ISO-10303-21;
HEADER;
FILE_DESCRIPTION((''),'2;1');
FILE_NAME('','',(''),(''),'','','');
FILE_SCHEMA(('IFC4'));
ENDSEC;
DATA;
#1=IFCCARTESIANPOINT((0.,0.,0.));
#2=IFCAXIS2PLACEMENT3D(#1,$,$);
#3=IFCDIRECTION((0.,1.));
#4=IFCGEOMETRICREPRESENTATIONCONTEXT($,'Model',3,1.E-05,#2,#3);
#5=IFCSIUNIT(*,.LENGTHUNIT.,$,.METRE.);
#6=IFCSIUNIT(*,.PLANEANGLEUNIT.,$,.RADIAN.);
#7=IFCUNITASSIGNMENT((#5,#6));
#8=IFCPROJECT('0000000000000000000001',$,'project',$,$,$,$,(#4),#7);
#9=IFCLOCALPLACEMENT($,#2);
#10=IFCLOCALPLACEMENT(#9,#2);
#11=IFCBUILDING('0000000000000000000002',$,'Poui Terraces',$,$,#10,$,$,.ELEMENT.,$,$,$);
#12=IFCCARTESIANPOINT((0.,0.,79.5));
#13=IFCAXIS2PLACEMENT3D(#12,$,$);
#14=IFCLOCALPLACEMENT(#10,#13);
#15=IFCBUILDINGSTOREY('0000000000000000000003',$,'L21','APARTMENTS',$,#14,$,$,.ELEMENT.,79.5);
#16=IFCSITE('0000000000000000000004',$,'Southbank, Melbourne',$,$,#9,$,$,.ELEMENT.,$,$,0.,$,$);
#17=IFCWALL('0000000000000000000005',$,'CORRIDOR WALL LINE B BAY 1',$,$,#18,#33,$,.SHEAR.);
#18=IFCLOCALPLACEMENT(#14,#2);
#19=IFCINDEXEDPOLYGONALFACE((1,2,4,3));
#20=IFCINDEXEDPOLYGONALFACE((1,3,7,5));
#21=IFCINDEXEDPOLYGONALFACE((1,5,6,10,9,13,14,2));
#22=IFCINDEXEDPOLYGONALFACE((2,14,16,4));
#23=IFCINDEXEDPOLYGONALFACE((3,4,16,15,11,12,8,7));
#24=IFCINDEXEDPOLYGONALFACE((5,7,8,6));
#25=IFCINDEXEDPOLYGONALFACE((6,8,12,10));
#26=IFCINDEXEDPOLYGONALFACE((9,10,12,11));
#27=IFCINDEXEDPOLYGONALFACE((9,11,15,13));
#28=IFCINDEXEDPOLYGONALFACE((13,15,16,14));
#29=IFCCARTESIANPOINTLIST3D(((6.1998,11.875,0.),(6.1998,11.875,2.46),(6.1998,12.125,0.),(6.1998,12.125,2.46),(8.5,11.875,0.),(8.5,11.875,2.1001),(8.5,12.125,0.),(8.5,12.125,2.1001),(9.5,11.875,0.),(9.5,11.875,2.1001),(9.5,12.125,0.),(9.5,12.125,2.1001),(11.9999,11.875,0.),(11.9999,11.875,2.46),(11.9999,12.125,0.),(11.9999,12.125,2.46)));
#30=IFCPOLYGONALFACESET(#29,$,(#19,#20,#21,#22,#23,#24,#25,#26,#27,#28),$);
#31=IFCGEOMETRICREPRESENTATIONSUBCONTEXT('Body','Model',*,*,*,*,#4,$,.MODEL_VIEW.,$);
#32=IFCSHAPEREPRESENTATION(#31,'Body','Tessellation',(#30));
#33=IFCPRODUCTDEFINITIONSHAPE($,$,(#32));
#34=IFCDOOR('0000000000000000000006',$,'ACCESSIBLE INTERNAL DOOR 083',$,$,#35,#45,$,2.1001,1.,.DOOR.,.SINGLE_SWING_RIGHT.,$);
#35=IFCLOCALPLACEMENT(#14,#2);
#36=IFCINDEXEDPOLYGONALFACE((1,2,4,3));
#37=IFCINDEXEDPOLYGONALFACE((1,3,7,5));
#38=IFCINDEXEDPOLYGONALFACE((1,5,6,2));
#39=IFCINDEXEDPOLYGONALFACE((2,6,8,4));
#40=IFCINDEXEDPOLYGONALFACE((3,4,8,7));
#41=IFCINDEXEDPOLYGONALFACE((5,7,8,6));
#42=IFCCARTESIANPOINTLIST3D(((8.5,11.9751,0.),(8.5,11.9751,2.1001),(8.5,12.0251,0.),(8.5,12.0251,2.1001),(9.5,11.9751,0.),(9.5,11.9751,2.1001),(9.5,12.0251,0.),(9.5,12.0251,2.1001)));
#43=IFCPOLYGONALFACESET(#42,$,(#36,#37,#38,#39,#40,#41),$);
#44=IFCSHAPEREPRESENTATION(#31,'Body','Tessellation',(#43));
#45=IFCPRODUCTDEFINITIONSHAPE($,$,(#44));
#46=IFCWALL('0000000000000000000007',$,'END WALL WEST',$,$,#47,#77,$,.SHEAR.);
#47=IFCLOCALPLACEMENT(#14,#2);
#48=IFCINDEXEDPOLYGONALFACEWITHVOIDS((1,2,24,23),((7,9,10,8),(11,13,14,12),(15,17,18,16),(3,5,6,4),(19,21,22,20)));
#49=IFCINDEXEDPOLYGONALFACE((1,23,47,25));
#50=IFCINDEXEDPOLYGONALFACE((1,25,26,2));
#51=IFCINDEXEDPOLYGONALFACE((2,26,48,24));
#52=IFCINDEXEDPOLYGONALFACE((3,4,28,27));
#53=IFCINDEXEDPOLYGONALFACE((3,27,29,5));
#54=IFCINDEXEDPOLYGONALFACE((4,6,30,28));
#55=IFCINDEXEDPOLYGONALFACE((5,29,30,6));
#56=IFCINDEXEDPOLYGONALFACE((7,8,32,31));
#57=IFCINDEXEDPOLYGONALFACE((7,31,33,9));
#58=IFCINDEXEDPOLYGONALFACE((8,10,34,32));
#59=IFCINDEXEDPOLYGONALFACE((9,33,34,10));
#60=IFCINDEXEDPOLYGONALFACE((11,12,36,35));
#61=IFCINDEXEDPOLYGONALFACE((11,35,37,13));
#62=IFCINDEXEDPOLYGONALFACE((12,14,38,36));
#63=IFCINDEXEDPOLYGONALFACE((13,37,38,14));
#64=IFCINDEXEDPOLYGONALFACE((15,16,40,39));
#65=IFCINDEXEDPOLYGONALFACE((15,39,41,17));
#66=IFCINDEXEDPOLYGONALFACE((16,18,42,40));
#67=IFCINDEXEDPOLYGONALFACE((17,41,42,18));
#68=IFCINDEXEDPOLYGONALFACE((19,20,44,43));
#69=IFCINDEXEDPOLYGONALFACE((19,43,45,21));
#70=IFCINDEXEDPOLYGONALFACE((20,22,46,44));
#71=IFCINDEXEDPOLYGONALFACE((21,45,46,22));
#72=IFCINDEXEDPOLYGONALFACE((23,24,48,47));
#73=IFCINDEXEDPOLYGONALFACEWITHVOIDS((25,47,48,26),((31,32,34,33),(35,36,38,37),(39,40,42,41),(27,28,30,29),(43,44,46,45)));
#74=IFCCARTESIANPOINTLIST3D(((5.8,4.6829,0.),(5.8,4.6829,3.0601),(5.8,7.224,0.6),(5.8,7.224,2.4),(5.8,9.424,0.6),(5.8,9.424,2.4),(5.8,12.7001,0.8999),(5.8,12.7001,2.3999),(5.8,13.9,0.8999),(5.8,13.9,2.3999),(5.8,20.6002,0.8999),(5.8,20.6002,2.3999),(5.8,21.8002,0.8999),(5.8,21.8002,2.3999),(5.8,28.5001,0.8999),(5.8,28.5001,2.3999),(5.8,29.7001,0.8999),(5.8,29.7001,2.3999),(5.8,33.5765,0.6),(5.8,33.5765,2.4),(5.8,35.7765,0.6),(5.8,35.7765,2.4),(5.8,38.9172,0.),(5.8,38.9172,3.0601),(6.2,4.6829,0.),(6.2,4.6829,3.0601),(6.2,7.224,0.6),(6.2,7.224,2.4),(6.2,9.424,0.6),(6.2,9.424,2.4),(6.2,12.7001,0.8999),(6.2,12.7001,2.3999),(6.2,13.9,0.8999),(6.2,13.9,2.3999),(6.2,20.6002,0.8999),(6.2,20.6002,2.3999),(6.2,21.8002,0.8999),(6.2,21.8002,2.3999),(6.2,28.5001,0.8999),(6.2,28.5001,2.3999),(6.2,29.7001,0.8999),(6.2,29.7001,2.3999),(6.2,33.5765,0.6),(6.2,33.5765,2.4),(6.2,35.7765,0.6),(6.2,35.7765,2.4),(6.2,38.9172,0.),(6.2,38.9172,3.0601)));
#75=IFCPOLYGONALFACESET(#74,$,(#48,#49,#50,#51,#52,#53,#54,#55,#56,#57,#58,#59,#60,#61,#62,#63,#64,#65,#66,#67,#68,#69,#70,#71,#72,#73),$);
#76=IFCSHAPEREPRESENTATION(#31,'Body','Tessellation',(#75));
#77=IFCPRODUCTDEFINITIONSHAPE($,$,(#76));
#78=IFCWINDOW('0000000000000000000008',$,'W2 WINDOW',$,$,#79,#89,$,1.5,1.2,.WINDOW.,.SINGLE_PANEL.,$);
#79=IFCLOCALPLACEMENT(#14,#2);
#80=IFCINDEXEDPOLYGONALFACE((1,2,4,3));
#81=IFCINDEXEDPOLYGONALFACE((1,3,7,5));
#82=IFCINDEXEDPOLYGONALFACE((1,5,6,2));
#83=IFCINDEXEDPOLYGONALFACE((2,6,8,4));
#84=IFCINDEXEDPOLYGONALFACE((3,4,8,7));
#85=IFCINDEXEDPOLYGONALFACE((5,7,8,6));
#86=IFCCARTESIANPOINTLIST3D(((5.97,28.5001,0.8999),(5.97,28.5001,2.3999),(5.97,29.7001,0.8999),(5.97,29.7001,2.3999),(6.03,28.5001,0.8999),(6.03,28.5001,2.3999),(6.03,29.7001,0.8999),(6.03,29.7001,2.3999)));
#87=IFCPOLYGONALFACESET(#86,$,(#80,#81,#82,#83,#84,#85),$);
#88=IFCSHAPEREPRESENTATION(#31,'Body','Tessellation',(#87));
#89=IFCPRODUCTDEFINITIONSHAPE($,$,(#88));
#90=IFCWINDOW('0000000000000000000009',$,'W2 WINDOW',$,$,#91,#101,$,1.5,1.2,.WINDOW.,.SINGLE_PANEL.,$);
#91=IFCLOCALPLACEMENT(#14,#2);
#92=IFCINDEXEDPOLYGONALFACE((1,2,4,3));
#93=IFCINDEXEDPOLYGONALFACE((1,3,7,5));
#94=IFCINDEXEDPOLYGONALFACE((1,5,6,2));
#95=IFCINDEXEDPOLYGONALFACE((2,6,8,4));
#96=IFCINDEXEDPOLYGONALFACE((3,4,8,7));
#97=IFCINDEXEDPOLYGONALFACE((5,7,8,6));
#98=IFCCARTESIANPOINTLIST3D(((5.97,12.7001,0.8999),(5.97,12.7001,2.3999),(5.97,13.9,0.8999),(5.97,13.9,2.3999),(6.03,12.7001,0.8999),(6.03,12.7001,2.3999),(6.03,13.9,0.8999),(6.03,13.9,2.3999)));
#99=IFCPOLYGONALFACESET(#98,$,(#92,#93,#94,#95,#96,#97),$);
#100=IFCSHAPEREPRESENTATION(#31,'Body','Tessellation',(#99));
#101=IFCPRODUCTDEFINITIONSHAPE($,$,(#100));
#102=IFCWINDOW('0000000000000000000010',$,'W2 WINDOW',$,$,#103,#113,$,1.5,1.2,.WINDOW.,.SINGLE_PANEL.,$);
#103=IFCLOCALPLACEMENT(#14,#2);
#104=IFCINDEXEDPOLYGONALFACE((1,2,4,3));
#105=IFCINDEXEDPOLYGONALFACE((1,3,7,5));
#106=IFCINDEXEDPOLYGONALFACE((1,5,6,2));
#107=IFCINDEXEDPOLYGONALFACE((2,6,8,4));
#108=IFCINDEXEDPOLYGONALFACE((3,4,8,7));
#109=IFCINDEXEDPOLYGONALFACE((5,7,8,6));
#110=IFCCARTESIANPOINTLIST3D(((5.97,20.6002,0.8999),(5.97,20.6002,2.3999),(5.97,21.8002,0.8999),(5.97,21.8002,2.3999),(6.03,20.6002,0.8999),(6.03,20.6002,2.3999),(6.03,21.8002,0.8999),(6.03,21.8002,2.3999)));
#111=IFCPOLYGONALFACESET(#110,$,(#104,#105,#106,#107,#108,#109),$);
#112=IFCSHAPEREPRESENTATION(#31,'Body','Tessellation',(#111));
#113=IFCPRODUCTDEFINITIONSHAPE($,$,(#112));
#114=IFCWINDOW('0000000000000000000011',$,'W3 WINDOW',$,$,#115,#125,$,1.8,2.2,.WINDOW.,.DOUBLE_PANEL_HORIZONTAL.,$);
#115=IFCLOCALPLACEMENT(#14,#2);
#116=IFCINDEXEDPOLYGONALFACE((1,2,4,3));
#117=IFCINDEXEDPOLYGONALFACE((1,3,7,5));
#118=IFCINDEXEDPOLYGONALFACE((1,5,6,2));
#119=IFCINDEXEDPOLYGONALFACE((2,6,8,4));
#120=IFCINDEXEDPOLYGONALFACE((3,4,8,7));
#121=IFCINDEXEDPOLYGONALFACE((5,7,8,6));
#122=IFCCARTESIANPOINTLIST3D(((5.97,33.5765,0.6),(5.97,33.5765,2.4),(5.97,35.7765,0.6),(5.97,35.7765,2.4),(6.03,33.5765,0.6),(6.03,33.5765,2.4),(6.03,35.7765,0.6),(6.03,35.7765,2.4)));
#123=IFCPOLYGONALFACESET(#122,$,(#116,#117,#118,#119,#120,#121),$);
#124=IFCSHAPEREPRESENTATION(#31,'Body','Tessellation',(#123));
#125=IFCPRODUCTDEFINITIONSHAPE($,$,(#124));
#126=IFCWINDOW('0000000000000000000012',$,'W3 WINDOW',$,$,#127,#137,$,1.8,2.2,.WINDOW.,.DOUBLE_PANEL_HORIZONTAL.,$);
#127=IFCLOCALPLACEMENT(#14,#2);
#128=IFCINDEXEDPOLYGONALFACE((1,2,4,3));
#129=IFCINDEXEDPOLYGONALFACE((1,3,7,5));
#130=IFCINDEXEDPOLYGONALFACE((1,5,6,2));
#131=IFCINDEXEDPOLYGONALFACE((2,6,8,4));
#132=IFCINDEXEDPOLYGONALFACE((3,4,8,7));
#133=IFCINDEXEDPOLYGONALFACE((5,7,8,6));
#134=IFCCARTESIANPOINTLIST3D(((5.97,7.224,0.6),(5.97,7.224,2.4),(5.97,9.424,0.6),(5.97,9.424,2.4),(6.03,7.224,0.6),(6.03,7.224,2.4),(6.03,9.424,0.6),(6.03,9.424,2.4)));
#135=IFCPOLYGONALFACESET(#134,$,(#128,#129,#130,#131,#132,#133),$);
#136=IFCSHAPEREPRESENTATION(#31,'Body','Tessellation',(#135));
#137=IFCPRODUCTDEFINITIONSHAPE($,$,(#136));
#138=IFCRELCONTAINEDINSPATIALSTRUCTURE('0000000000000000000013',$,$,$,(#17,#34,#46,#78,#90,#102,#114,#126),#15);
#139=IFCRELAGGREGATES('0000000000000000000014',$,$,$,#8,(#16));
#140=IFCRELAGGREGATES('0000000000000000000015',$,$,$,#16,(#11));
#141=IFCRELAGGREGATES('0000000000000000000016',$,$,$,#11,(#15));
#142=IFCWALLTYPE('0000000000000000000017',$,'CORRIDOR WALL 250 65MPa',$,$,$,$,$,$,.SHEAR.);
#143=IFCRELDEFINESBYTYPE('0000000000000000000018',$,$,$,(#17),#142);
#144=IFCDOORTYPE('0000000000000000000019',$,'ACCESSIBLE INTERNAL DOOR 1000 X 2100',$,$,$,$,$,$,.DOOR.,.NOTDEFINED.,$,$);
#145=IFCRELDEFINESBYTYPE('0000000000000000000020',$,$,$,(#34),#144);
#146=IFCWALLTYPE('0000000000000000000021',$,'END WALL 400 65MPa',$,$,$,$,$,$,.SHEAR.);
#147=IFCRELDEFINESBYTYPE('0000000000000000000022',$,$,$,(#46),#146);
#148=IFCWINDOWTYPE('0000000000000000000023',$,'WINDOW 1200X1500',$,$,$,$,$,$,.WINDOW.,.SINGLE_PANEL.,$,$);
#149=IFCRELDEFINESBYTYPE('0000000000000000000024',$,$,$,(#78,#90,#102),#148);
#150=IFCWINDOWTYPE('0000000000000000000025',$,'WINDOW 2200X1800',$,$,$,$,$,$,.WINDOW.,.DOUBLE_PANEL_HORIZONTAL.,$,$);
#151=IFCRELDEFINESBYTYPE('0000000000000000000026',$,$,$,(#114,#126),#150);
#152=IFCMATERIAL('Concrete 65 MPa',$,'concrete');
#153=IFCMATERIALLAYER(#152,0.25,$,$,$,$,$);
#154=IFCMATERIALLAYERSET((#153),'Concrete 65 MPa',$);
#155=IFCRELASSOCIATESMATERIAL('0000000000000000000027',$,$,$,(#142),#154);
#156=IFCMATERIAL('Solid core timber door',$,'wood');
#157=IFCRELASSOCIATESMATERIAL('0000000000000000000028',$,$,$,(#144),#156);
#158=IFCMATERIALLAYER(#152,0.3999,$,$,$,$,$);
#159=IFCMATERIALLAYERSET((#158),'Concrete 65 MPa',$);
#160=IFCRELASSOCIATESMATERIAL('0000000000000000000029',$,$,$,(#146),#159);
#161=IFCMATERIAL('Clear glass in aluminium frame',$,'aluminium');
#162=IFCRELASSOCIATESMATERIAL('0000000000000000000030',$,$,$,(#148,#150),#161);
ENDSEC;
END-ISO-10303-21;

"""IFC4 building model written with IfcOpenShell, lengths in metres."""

from ifc_helpers import new_model, si_unit, direction, frame, frame_2d, origin, place, context, subcontext, project, spatial, rectangle, extrude, material, layer, layer_set, type_object, element, fill, save


model = new_model("IFC4")

# Units and contexts
model_context = context("Model", 3, precision=1e-05, world=origin(), true_north=direction((0.0, 1.0)))
body_context = subcontext(model_context, "Body", "Model", "MODEL_VIEW")
ifc_project = project(units=[si_unit("LENGTHUNIT", "METRE"), si_unit("PLANEANGLEUNIT", "RADIAN")], contexts=[model_context])

# Site, building, storey
site_placement = place(None, origin())
site = spatial("IfcSite", under=ifc_project, at=site_placement, Name="Southbank, Melbourne", CompositionType="ELEMENT", RefElevation=0.0)
building_placement = place(site_placement, origin())
building = spatial("IfcBuilding", under=site, at=building_placement, Name="Poui Terraces", CompositionType="ELEMENT")
storey_placement = place(building_placement, frame((0.0, 0.0, 79.5)))
storey = spatial("IfcBuildingStorey", under=building, at=storey_placement, Name="L21", Description="APARTMENTS", CompositionType="ELEMENT", Elevation=79.5)

# Wall, opening, door
ifc_material_1 = material(Name="Concrete 65 MPa", Category="concrete")
ifc_layer_1 = layer(ifc_material_1, 0.25)
ifc_layer_set_1 = layer_set([ifc_layer_1], Name="Concrete 65 MPa")
wall_type_1 = type_object("IfcWallType", Name="CORRIDOR WALL 250 65MPa", PredefinedType="SHEAR", material=ifc_layer_set_1)
wall_1_placement = place(storey_placement, frame((6.2, 12.0, 0.0), z_axis=(0.0, 0.0, 1.0), x_axis=(1.0, 0.0, 0.0)))
wall_1 = element("IfcWall", 1, at=wall_1_placement, inside=storey, type_object=wall_type_1, Name="CORRIDOR WALL LINE B BAY 1", PredefinedType="SHEAR", context=body_context, shape_type="SweptSolid", body=[
    extrude(rectangle(XDim=5.8, YDim=0.25, at=frame_2d((2.8999, 0.0))), origin(), (0.0, 0.0, 1.0), 2.46),
])
opening_1_placement = place(wall_1_placement, frame((2.3, 0.0, 0.0)))
opening_1 = element("IfcOpeningElement", 2, at=opening_1_placement, cuts=wall_1, PredefinedType="OPENING", context=body_context, shape_type="SweptSolid", body=[
    extrude(rectangle(XDim=1.0, YDim=2.1001, at=frame_2d((0.5, 1.05))), frame((0.0, 0.135, 0.0), z_axis=(0.0, -1.0, 0.0), x_axis=(1.0, 0.0, 0.0)), (0.0, 0.0, 1.0), 0.27),
])
ifc_material_2 = material(Name="Solid core timber door", Category="wood")
door_type = type_object("IfcDoorType", Name="ACCESSIBLE INTERNAL DOOR 1000 X 2100", OperationType="NOTDEFINED", PredefinedType="DOOR", material=ifc_material_2)
door_placement = place(opening_1_placement, frame((1.0, 0.0, 0.0), z_axis=(0.0, 0.0, 1.0), x_axis=(-1.0, 0.0, 0.0)))
door = element("IfcDoor", 3, at=door_placement, inside=storey, type_object=door_type, Name="ACCESSIBLE INTERNAL DOOR 083", OperationType="SINGLE_SWING_RIGHT", OverallHeight=2.1001, OverallWidth=1.0, PredefinedType="DOOR", context=body_context, shape_type="SweptSolid", body=[
    extrude(rectangle(XDim=1.0, YDim=2.1001, at=frame_2d((0.5, 1.05))), frame((0.0, 0.0249, 0.0), z_axis=(0.0, -1.0, 0.0), x_axis=(1.0, 0.0, 0.0)), (0.0, 0.0, 1.0), 0.05),
])
fill(opening_1, door)

# Wall, openings, windows
ifc_layer_2 = layer(ifc_material_1, 0.3999)
ifc_layer_set_2 = layer_set([ifc_layer_2], Name="Concrete 65 MPa")
wall_type_2 = type_object("IfcWallType", Name="END WALL 400 65MPa", PredefinedType="SHEAR", material=ifc_layer_set_2)
wall_2_placement = place(storey_placement, frame((6.0, 4.6829, 0.0), z_axis=(0.0, 0.0, 1.0), x_axis=(0.0, 1.0, 0.0)))
wall_2 = element("IfcWall", 4, at=wall_2_placement, inside=storey, type_object=wall_type_2, Name="END WALL WEST", PredefinedType="SHEAR", context=body_context, shape_type="SweptSolid", body=[
    extrude(rectangle(XDim=34.2344, YDim=0.3999, at=frame_2d((17.1172, 0.0))), origin(), (0.0, 0.0, 1.0), 3.0601),
])
opening_2_placement = place(wall_2_placement, frame((23.8171, 0.0, 0.8999)))
opening_2 = element("IfcOpeningElement", 5, at=opening_2_placement, cuts=wall_2, PredefinedType="OPENING", context=body_context, shape_type="SweptSolid", body=[
    extrude(rectangle(XDim=1.2, YDim=1.5, at=frame_2d((0.6001, 0.75))), frame((0.0, 0.21, 0.0), z_axis=(0.0, -1.0, 0.0), x_axis=(1.0, 0.0, 0.0)), (0.0, 0.0, 1.0), 0.4199),
])
opening_3_placement = place(wall_2_placement, frame((8.0171, 0.0, 0.8999)))
opening_3 = element("IfcOpeningElement", 6, at=opening_3_placement, cuts=wall_2, PredefinedType="OPENING", context=body_context, shape_type="SweptSolid", body=[
    extrude(rectangle(XDim=1.2, YDim=1.5, at=frame_2d((0.6001, 0.75))), frame((0.0, 0.21, 0.0), z_axis=(0.0, -1.0, 0.0), x_axis=(1.0, 0.0, 0.0)), (0.0, 0.0, 1.0), 0.4199),
])
opening_4_placement = place(wall_2_placement, frame((15.9172, 0.0, 0.8999)))
opening_4 = element("IfcOpeningElement", 7, at=opening_4_placement, cuts=wall_2, PredefinedType="OPENING", context=body_context, shape_type="SweptSolid", body=[
    extrude(rectangle(XDim=1.2, YDim=1.5, at=frame_2d((0.6001, 0.75))), frame((0.0, 0.21, 0.0), z_axis=(0.0, -1.0, 0.0), x_axis=(1.0, 0.0, 0.0)), (0.0, 0.0, 1.0), 0.4199),
])
opening_5_placement = place(wall_2_placement, frame((28.8936, 0.0, 0.6001)))
opening_5 = element("IfcOpeningElement", 8, at=opening_5_placement, cuts=wall_2, PredefinedType="OPENING", context=body_context, shape_type="SweptSolid", body=[
    extrude(rectangle(XDim=2.2, YDim=1.8, at=frame_2d((1.1001, 0.8999))), frame((0.0, 0.21, 0.0), z_axis=(0.0, -1.0, 0.0), x_axis=(1.0, 0.0, 0.0)), (0.0, 0.0, 1.0), 0.4199),
])
opening_6_placement = place(wall_2_placement, frame((2.541, 0.0, 0.6001)))
opening_6 = element("IfcOpeningElement", 9, at=opening_6_placement, cuts=wall_2, PredefinedType="OPENING", context=body_context, shape_type="SweptSolid", body=[
    extrude(rectangle(XDim=2.2, YDim=1.8, at=frame_2d((1.1001, 0.8999))), frame((0.0, 0.21, 0.0), z_axis=(0.0, -1.0, 0.0), x_axis=(1.0, 0.0, 0.0)), (0.0, 0.0, 1.0), 0.4199),
])
ifc_material_3 = material(Name="Clear glass in aluminium frame", Category="aluminium")
window_type_1 = type_object("IfcWindowType", Name="WINDOW 1200X1500", PartitioningType="SINGLE_PANEL", PredefinedType="WINDOW", material=ifc_material_3)
window_1_placement = place(opening_2_placement, origin())
window_1 = element("IfcWindow", 10, at=window_1_placement, inside=storey, type_object=window_type_1, Name="W2 WINDOW", OverallHeight=1.5, OverallWidth=1.2, PartitioningType="SINGLE_PANEL", PredefinedType="WINDOW", context=body_context, shape_type="SweptSolid", body=[
    extrude(rectangle(XDim=1.2, YDim=1.5, at=frame_2d((0.6001, 0.75))), frame((0.0, 0.03, 0.0), z_axis=(0.0, -1.0, 0.0), x_axis=(1.0, 0.0, 0.0)), (0.0, 0.0, 1.0), 0.0601),
])
fill(opening_2, window_1)
window_2_placement = place(opening_3_placement, origin())
window_2 = element("IfcWindow", 11, at=window_2_placement, inside=storey, type_object=window_type_1, Name="W2 WINDOW", OverallHeight=1.5, OverallWidth=1.2, PartitioningType="SINGLE_PANEL", PredefinedType="WINDOW", context=body_context, shape_type="SweptSolid", body=[
    extrude(rectangle(XDim=1.2, YDim=1.5, at=frame_2d((0.6001, 0.75))), frame((0.0, 0.03, 0.0), z_axis=(0.0, -1.0, 0.0), x_axis=(1.0, 0.0, 0.0)), (0.0, 0.0, 1.0), 0.0601),
])
fill(opening_3, window_2)
window_3_placement = place(opening_4_placement, origin())
window_3 = element("IfcWindow", 12, at=window_3_placement, inside=storey, type_object=window_type_1, Name="W2 WINDOW", OverallHeight=1.5, OverallWidth=1.2, PartitioningType="SINGLE_PANEL", PredefinedType="WINDOW", context=body_context, shape_type="SweptSolid", body=[
    extrude(rectangle(XDim=1.2, YDim=1.5, at=frame_2d((0.6001, 0.75))), frame((0.0, 0.03, 0.0), z_axis=(0.0, -1.0, 0.0), x_axis=(1.0, 0.0, 0.0)), (0.0, 0.0, 1.0), 0.0601),
])
fill(opening_4, window_3)
window_type_2 = type_object("IfcWindowType", Name="WINDOW 2200X1800", PartitioningType="DOUBLE_PANEL_HORIZONTAL", PredefinedType="WINDOW", material=ifc_material_3)
window_4_placement = place(opening_5_placement, origin())
window_4 = element("IfcWindow", 13, at=window_4_placement, inside=storey, type_object=window_type_2, Name="W3 WINDOW", OverallHeight=1.8, OverallWidth=2.2, PartitioningType="DOUBLE_PANEL_HORIZONTAL", PredefinedType="WINDOW", context=body_context, shape_type="SweptSolid", body=[
    extrude(rectangle(XDim=2.2, YDim=1.8, at=frame_2d((1.1001, 0.8999))), frame((0.0, 0.03, 0.0), z_axis=(0.0, -1.0, 0.0), x_axis=(1.0, 0.0, 0.0)), (0.0, 0.0, 1.0), 0.0601),
])
fill(opening_5, window_4)
window_5_placement = place(opening_6_placement, origin())
window_5 = element("IfcWindow", 14, at=window_5_placement, inside=storey, type_object=window_type_2, Name="W3 WINDOW", OverallHeight=1.8, OverallWidth=2.2, PartitioningType="DOUBLE_PANEL_HORIZONTAL", PredefinedType="WINDOW", context=body_context, shape_type="SweptSolid", body=[
    extrude(rectangle(XDim=2.2, YDim=1.8, at=frame_2d((1.1001, 0.8999))), frame((0.0, 0.03, 0.0), z_axis=(0.0, -1.0, 0.0), x_axis=(1.0, 0.0, 0.0)), (0.0, 0.0, 1.0), 0.0601),
])
fill(opening_6, window_5)

save(model, "model.ifc")
